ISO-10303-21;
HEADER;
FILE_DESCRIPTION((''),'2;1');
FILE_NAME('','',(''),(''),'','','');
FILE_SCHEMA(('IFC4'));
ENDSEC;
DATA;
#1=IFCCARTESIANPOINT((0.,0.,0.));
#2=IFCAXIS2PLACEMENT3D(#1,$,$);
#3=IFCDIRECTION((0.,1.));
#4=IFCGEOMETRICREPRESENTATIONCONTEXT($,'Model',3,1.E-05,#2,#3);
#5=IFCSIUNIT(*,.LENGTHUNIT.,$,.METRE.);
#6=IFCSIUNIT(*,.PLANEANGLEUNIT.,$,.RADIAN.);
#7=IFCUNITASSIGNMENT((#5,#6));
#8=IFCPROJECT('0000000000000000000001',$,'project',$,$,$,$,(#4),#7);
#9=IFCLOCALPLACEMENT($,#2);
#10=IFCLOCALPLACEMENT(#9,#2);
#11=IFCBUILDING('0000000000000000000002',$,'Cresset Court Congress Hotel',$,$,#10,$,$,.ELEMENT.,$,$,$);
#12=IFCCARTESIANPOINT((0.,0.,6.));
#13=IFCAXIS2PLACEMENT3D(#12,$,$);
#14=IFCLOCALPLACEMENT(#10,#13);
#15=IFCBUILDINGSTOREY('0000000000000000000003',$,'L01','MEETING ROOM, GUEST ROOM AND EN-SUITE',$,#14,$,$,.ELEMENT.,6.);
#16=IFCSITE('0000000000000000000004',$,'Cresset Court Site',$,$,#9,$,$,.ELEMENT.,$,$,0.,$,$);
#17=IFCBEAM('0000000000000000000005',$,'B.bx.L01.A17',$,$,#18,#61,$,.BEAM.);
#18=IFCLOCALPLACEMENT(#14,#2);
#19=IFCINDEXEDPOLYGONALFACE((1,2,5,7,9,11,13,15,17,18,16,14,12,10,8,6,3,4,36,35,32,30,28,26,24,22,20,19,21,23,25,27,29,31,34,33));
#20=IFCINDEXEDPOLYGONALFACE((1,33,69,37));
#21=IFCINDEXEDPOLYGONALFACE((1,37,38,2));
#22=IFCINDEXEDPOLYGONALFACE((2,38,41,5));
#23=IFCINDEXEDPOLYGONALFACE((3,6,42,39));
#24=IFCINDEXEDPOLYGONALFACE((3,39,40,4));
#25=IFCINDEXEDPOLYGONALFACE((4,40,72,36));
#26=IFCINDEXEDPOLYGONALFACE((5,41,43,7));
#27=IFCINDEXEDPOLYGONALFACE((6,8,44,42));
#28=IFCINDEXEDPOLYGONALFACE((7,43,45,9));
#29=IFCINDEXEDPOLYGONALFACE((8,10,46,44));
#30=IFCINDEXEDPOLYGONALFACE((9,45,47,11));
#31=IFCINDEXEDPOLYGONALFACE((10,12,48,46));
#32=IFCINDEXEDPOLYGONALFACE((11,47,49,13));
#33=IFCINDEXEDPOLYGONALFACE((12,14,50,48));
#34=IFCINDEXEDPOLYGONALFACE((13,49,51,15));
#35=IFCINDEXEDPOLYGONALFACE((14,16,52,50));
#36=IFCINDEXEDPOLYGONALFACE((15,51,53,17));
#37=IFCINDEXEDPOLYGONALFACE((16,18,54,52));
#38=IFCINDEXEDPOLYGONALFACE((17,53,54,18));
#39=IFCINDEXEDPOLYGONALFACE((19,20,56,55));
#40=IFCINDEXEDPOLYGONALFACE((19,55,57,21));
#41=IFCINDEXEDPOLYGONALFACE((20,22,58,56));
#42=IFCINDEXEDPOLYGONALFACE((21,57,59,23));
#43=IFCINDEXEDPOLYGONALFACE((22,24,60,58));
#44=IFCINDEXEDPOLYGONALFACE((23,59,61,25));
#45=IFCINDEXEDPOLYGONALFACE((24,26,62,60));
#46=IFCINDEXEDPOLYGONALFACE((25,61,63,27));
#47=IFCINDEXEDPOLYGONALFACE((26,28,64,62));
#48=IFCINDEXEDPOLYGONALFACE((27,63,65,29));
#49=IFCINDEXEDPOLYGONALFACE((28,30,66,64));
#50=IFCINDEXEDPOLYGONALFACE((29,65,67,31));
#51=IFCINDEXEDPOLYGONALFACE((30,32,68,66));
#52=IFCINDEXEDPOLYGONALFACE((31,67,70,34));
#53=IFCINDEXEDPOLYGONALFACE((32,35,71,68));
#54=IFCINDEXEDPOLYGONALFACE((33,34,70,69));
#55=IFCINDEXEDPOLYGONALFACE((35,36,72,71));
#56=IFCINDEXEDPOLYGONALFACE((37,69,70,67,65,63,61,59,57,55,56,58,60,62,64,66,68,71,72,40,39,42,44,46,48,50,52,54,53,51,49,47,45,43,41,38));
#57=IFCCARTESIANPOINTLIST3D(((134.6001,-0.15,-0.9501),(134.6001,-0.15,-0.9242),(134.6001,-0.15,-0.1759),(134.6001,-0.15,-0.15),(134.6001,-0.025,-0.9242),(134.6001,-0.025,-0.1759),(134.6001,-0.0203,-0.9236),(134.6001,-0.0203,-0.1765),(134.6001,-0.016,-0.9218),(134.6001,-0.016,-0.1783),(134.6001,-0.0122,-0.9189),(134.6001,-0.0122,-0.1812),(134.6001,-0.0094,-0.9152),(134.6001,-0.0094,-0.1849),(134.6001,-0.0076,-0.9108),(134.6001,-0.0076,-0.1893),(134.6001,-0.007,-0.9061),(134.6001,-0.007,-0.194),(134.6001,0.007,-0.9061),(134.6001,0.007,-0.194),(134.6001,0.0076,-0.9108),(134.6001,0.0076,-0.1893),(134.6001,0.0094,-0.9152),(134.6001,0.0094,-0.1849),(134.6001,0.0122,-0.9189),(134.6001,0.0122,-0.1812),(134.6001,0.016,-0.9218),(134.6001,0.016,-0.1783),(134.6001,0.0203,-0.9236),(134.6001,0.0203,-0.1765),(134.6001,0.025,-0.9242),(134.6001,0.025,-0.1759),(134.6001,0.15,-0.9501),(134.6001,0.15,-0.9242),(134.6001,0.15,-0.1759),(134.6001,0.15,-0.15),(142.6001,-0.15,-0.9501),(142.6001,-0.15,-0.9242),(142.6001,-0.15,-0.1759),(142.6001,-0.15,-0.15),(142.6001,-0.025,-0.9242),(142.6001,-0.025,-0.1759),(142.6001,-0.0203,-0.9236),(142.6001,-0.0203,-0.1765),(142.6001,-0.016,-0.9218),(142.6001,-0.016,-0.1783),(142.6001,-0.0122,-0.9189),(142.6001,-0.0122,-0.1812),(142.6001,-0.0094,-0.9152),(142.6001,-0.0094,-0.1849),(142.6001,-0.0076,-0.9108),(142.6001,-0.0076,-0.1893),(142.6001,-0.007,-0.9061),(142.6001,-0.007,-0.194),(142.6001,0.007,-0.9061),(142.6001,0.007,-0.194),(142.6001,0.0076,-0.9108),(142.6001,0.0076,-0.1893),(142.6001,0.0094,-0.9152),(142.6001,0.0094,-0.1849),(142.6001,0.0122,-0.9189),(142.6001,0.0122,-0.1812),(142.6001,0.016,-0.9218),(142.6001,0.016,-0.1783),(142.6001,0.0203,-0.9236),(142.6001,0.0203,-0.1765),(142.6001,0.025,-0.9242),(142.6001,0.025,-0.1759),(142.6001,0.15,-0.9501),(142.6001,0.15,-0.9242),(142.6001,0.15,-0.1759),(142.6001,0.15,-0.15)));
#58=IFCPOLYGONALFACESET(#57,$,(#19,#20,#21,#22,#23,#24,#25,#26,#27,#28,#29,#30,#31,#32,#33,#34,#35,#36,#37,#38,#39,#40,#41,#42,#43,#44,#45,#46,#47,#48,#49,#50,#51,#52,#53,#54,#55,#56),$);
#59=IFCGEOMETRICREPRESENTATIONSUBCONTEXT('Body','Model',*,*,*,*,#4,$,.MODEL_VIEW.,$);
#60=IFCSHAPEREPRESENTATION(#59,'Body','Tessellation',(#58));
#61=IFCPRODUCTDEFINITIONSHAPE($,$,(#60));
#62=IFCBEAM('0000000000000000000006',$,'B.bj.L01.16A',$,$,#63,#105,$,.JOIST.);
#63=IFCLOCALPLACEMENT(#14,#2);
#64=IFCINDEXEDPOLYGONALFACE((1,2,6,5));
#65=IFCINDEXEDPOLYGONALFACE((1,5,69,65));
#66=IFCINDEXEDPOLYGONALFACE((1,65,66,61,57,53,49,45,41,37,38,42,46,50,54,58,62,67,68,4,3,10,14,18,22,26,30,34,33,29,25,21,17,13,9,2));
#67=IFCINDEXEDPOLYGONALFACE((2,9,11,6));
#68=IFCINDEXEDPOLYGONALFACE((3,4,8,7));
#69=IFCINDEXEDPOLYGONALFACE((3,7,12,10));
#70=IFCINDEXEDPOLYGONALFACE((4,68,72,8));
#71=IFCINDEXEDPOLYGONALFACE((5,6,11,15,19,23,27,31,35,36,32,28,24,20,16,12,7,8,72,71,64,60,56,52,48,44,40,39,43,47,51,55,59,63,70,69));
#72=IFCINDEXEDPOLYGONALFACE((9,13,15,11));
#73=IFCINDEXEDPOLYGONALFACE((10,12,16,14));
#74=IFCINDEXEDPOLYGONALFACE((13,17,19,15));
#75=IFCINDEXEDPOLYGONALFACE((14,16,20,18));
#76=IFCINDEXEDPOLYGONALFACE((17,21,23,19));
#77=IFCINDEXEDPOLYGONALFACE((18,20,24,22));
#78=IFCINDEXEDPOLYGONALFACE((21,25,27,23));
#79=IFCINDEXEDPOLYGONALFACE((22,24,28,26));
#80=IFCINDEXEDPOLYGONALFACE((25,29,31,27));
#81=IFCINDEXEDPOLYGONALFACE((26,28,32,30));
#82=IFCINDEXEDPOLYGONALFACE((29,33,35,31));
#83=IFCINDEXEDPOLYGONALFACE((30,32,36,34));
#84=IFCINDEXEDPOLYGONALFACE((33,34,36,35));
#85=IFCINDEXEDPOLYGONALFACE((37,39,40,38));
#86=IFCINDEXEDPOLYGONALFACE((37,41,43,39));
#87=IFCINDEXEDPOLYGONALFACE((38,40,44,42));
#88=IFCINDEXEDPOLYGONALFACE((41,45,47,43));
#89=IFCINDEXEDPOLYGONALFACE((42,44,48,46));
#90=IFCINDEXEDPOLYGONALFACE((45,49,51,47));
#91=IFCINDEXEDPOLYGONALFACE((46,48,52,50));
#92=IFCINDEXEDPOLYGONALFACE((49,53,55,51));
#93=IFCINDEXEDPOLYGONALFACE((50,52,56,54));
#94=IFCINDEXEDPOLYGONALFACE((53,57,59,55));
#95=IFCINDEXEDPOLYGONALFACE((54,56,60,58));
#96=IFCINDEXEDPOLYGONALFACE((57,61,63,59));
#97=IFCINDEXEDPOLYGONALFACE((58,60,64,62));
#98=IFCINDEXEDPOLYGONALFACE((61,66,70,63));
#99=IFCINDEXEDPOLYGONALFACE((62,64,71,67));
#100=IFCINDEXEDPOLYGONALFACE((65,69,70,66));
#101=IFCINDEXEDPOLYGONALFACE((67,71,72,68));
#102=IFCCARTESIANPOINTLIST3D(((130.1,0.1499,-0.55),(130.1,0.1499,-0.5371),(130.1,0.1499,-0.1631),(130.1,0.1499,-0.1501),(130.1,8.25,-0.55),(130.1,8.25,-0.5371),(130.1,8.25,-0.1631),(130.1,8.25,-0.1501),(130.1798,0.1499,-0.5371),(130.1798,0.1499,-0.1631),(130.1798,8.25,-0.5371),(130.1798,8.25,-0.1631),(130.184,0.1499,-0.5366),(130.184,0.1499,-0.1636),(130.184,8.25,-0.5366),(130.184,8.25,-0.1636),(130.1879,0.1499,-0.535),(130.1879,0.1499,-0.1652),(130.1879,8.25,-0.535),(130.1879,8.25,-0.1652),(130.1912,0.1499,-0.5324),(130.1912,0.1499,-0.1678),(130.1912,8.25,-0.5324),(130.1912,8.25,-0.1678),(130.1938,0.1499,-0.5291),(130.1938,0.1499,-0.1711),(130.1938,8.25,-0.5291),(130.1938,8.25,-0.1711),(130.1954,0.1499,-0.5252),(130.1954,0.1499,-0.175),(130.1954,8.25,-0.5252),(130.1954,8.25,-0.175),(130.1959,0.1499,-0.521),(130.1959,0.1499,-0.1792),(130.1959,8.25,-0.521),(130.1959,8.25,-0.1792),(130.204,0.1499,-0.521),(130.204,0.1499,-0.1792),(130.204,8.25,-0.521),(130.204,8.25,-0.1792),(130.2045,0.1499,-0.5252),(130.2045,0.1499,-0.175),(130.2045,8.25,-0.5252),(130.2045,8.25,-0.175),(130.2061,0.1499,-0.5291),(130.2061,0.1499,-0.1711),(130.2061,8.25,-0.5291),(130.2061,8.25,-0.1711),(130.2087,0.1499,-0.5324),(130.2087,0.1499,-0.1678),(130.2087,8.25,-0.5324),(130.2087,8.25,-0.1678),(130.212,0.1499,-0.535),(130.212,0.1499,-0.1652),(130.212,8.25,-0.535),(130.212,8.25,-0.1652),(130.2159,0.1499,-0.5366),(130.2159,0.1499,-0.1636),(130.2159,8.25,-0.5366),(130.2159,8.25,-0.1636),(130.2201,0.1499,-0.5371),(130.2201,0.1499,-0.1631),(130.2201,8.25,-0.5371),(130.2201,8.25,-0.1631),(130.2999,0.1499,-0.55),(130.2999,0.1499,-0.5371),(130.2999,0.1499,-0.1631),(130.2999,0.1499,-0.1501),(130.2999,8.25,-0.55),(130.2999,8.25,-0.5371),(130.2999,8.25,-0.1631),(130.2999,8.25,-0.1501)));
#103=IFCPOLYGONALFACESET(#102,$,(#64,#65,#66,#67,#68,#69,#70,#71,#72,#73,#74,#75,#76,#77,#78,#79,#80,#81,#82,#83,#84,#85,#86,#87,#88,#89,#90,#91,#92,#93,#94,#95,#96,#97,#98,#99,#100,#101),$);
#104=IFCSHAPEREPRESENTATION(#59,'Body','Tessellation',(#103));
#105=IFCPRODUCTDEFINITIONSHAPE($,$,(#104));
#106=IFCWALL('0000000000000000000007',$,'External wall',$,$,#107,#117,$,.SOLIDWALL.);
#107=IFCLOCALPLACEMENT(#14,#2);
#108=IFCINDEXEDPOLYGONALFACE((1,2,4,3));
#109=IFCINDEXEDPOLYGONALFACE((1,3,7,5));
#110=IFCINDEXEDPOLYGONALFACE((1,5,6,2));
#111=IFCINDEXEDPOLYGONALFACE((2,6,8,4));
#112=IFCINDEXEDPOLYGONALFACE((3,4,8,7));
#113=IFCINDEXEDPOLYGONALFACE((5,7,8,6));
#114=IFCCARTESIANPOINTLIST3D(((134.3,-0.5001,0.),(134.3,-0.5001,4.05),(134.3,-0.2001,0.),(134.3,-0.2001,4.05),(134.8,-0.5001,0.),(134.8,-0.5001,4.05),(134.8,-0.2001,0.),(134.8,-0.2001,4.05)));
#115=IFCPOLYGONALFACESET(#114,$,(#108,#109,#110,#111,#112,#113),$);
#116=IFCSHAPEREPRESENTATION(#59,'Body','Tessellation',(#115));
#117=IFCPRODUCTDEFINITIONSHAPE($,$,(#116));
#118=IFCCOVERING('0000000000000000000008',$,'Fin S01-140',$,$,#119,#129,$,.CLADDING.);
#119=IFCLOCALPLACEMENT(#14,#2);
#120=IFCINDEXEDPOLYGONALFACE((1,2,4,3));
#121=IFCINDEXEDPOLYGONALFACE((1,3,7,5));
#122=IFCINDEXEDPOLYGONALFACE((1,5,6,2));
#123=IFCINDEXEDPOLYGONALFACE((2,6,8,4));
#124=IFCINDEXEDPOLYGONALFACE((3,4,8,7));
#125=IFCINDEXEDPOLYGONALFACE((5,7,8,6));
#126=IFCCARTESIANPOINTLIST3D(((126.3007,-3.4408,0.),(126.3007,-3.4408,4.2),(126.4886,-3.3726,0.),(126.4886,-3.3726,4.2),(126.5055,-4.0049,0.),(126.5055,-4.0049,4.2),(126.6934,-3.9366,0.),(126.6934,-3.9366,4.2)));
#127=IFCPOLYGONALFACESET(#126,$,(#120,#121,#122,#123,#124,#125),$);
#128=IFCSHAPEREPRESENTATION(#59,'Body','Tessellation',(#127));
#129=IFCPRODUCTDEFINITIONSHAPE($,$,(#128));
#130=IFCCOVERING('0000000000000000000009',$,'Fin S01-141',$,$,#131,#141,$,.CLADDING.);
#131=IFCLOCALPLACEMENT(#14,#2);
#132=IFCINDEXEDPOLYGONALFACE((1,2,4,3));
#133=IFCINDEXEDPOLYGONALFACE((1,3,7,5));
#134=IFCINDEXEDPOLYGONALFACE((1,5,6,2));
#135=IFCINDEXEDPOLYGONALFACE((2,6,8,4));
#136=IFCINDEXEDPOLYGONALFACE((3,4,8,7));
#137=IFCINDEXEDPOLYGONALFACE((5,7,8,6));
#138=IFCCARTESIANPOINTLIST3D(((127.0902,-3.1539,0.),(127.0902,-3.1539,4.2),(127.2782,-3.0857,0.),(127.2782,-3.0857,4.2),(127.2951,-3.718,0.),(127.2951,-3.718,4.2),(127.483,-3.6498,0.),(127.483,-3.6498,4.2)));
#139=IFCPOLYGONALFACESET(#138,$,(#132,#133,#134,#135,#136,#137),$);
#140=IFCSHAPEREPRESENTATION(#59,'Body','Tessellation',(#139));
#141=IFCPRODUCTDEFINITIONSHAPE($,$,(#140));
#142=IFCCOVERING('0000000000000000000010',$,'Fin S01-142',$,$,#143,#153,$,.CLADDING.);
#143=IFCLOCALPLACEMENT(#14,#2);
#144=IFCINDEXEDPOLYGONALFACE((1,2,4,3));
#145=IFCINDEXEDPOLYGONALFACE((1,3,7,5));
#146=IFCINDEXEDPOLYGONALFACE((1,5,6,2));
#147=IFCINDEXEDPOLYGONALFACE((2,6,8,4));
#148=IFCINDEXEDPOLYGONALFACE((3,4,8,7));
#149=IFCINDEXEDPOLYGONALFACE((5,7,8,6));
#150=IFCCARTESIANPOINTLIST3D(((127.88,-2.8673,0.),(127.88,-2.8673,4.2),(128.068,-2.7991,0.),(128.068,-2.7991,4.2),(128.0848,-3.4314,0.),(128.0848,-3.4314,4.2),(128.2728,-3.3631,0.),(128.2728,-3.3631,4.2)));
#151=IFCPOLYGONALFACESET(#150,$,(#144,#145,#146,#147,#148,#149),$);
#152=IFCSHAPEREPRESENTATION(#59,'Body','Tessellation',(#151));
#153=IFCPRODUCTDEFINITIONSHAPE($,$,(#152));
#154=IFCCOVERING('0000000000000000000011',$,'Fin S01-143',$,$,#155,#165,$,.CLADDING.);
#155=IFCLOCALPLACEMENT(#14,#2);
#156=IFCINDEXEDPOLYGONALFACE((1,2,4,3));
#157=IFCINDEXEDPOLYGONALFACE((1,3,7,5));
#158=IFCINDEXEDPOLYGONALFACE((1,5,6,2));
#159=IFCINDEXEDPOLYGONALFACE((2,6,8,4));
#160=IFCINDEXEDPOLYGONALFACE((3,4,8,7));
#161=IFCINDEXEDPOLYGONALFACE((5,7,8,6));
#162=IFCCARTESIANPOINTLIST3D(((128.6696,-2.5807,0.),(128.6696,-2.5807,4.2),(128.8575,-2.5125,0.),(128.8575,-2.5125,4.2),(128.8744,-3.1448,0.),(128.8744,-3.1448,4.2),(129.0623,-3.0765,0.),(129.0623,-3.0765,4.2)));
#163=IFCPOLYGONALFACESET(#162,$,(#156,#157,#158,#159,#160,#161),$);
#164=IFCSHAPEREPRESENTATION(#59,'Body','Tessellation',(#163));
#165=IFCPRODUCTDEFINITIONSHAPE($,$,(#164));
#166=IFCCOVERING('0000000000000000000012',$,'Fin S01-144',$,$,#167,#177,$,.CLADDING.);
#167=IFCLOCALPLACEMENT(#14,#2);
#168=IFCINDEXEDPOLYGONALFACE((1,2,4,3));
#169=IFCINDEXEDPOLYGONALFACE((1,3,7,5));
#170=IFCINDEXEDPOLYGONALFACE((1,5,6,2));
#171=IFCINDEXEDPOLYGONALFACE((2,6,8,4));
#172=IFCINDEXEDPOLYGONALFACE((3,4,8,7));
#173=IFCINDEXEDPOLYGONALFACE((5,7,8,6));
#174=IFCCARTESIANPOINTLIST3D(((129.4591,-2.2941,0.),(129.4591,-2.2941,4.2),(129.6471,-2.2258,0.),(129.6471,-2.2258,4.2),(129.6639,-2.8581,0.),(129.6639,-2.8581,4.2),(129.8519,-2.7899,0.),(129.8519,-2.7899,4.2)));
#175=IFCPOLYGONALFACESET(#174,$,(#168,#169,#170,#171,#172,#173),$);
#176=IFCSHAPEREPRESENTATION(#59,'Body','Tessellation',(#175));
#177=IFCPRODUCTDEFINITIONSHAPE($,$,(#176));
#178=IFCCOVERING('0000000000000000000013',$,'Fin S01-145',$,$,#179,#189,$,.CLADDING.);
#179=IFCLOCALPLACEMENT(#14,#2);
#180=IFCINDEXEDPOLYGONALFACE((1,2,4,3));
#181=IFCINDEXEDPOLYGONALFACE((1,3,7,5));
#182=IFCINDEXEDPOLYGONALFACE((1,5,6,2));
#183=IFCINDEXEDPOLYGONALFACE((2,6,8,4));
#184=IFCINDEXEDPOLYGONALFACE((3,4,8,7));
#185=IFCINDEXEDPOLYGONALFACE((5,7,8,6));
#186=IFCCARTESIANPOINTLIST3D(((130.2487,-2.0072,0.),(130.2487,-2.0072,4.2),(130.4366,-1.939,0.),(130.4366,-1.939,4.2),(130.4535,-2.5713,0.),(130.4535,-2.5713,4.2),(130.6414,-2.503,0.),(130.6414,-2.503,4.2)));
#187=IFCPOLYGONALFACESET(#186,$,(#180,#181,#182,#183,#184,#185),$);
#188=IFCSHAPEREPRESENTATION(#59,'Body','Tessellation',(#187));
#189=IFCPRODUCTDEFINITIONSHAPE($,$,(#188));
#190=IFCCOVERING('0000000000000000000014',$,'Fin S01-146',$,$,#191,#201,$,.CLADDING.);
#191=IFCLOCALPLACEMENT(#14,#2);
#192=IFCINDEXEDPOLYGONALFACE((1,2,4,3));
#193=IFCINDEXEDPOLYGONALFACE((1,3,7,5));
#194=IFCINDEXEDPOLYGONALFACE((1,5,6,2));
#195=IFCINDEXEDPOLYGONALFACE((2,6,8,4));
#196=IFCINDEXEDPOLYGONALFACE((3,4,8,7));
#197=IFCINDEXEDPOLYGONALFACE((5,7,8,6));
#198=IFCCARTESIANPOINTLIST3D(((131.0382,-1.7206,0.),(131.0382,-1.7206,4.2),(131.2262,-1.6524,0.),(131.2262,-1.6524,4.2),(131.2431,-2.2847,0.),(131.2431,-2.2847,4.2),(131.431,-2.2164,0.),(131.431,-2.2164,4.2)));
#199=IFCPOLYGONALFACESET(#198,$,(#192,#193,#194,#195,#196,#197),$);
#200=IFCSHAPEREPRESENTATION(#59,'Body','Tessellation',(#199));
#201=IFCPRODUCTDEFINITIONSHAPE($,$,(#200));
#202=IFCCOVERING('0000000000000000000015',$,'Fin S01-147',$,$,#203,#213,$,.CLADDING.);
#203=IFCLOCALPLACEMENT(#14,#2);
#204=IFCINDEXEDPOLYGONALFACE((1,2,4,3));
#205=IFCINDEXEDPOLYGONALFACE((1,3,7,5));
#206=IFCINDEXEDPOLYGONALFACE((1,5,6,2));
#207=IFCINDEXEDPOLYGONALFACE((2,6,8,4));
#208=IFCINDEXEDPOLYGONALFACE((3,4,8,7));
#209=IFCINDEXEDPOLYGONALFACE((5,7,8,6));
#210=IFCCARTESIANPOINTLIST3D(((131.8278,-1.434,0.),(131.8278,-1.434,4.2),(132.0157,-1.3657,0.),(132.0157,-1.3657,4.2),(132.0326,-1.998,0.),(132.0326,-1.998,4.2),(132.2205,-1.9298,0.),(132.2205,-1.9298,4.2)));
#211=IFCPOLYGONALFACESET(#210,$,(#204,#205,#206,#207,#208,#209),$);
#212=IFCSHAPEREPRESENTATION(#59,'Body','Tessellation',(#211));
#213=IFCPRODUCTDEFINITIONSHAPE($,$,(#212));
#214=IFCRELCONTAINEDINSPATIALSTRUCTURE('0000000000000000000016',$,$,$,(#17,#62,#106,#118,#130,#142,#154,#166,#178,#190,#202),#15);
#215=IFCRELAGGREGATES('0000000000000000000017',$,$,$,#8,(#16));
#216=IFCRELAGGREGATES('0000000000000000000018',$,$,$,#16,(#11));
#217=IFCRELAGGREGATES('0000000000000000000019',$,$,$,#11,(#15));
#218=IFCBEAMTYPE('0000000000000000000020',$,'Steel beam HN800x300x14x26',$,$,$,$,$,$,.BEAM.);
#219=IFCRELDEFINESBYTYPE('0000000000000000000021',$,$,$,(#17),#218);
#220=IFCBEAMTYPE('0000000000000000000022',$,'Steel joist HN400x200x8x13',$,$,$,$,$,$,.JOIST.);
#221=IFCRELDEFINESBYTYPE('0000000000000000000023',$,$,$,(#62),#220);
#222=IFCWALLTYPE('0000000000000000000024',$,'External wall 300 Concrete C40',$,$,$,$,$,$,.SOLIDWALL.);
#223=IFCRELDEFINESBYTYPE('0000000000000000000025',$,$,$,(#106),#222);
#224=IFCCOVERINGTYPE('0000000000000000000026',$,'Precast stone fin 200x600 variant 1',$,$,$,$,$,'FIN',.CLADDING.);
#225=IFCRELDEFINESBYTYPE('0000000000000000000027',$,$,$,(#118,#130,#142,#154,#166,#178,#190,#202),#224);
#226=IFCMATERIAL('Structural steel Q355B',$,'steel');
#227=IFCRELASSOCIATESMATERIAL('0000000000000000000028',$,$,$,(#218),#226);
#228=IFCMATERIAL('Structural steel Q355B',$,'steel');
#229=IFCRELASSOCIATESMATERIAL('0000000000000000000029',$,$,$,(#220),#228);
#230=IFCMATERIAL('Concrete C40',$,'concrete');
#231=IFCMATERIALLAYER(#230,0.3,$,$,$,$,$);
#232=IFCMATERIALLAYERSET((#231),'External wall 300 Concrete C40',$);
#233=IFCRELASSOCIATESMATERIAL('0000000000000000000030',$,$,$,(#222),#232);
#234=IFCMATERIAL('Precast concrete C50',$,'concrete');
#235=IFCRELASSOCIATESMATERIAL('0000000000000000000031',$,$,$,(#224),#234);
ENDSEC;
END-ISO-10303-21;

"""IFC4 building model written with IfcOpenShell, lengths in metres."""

from ifc_helpers import new_model, si_unit, direction, frame, frame_2d, origin, origin_2d, place, context, subcontext, project, spatial, rectangle, i_section, extrude, material, layer, layer_set, material_profile, profile_set, type_object, element, save


model = new_model("IFC4")

# Units and contexts
model_context = context("Model", 3, precision=1e-05, world=origin(), true_north=direction((0.0, 1.0)))
body_context = subcontext(model_context, "Body", "Model", "MODEL_VIEW")
ifc_project = project(units=[si_unit("LENGTHUNIT", "METRE"), si_unit("PLANEANGLEUNIT", "RADIAN")], contexts=[model_context])

# Site, building, storey
site_placement = place(None, origin())
site = spatial("IfcSite", under=ifc_project, at=site_placement, Name="Cresset Court Site", CompositionType="ELEMENT", RefElevation=0.0)
building_placement = place(site_placement, origin())
building = spatial("IfcBuilding", under=site, at=building_placement, Name="Cresset Court Congress Hotel", CompositionType="ELEMENT")
storey_placement = place(building_placement, frame((0.0, 0.0, 6.0)))
storey = spatial("IfcBuildingStorey", under=building, at=storey_placement, Name="L01", Description="MEETING ROOM, GUEST ROOM AND EN-SUITE", CompositionType="ELEMENT", Elevation=6.0)

# Beams
ifc_material_1 = material(Name="Structural steel Q355B", Category="steel")
ifc_material_profile_1 = material_profile(ifc_material_1, i_section(OverallWidth=0.3, OverallDepth=0.8, WebThickness=0.0139, FlangeThickness=0.0259, FilletRadius=0.0181, at=origin_2d()), Name="HN800x300x14x26")
ifc_profile_set_1 = profile_set([ifc_material_profile_1], Name="Structural steel Q355B")
beam_type_1 = type_object("IfcBeamType", Name="Steel beam HN800x300x14x26", PredefinedType="BEAM", material=ifc_profile_set_1)
beam_1_placement = place(storey_placement, frame((134.6001, 0.0, -0.55), z_axis=(1.0, 0.0, 0.0), x_axis=(0.0, 1.0, 0.0)))
element("IfcBeam", 1, at=beam_1_placement, inside=storey, type_object=beam_type_1, Name="B.bx.L01.A17", PredefinedType="BEAM", context=body_context, shape_type="SweptSolid", body=[
    extrude(i_section(OverallWidth=0.3, OverallDepth=0.8, WebThickness=0.0139, FlangeThickness=0.0259, FilletRadius=0.0181, at=origin_2d()), origin(), (0.0, 0.0, 1.0), 8.0),
])
ifc_material_2 = material(Name="Structural steel Q355B", Category="steel")
ifc_material_profile_2 = material_profile(ifc_material_2, i_section(OverallWidth=0.2, OverallDepth=0.3999, WebThickness=0.0081, FlangeThickness=0.0129, FilletRadius=0.0161, at=origin_2d()), Name="HN400x200x8x13")
ifc_profile_set_2 = profile_set([ifc_material_profile_2], Name="Structural steel Q355B")
beam_type_2 = type_object("IfcBeamType", Name="Steel joist HN400x200x8x13", PredefinedType="JOIST", material=ifc_profile_set_2)
beam_2_placement = place(storey_placement, frame((130.2, 0.1499, -0.3501), z_axis=(0.0, 1.0, 0.0), x_axis=(-1.0, 0.0, 0.0)))
element("IfcBeam", 2, at=beam_2_placement, inside=storey, type_object=beam_type_2, Name="B.bj.L01.16A", PredefinedType="JOIST", context=body_context, shape_type="SweptSolid", body=[
    extrude(i_section(OverallWidth=0.2, OverallDepth=0.3999, WebThickness=0.0081, FlangeThickness=0.0129, FilletRadius=0.0161, at=origin_2d()), origin(), (0.0, 0.0, 1.0), 8.1001),
])

# Wall
ifc_material_3 = material(Name="Concrete C40", Category="concrete")
ifc_layer_1 = layer(ifc_material_3, 0.3)
ifc_layer_set_1 = layer_set([ifc_layer_1], Name="External wall 300 Concrete C40")
wall_type = type_object("IfcWallType", Name="External wall 300 Concrete C40", PredefinedType="SOLIDWALL", material=ifc_layer_set_1)
wall_placement = place(storey_placement, frame((134.3, -0.3501, 0.0), z_axis=(0.0, 0.0, 1.0), x_axis=(1.0, 0.0, 0.0)))
element("IfcWall", 3, at=wall_placement, inside=storey, type_object=wall_type, Name="External wall", PredefinedType="SOLIDWALL", context=body_context, shape_type="SweptSolid", body=[
    extrude(rectangle(XDim=0.5, YDim=0.3, at=frame_2d((0.25, 0.0))), origin(), (0.0, 0.0, 1.0), 4.05),
])

# Coverings
ifc_material_4 = material(Name="Precast concrete C50", Category="concrete")
covering_type_1 = type_object("IfcCoveringType", Name="Precast stone fin 200x600 variant 1", ElementType="FIN", PredefinedType="CLADDING", material=ifc_material_4)
for number, where, z_axis, x_axis, name in (
    (4, (126.4971, -3.6887, 0.0), (0.0, 0.0, 1.0), (0.939957, 0.341293, 0.0), "Fin S01-140"),
    (5, (127.2866, -3.4019, 0.0), (0.0, 0.0, 1.0), (0.939957, 0.341293, 0.0), "Fin S01-141"),
    (6, (128.0764, -3.1152, 0.0), (0.0, 0.0, 1.0), (0.939957, 0.341293, 0.0), "Fin S01-142"),
    (7, (128.866, -2.8286, 0.0), (0.0, 0.0, 1.0), (0.939957, 0.341293, 0.0), "Fin S01-143"),
    (8, (129.6555, -2.542, 0.0), (0.0, 0.0, 1.0), (0.939957, 0.341293, 0.0), "Fin S01-144"),
    (9, (130.4451, -2.2551, 0.0), (0.0, 0.0, 1.0), (0.939957, 0.341293, 0.0), "Fin S01-145"),
    (10, (131.2346, -1.9685, 0.0), (0.0, 0.0, 1.0), (0.939957, 0.341293, 0.0), "Fin S01-146"),
    (11, (132.0242, -1.6819, 0.0), (0.0, 0.0, 1.0), (0.939957, 0.341293, 0.0), "Fin S01-147"),
):
    element("IfcCovering", number, at=place(storey_placement, frame(where, z_axis=z_axis, x_axis=x_axis)), inside=storey, type_object=covering_type_1, Name=name, PredefinedType="CLADDING", context=body_context, shape_type="SweptSolid", body=[
        extrude(rectangle(XDim=0.2, YDim=0.6001, at=origin_2d()), origin(), (0.0, 0.0, 1.0), 4.2),
    ])

save(model, "model.ifc")
